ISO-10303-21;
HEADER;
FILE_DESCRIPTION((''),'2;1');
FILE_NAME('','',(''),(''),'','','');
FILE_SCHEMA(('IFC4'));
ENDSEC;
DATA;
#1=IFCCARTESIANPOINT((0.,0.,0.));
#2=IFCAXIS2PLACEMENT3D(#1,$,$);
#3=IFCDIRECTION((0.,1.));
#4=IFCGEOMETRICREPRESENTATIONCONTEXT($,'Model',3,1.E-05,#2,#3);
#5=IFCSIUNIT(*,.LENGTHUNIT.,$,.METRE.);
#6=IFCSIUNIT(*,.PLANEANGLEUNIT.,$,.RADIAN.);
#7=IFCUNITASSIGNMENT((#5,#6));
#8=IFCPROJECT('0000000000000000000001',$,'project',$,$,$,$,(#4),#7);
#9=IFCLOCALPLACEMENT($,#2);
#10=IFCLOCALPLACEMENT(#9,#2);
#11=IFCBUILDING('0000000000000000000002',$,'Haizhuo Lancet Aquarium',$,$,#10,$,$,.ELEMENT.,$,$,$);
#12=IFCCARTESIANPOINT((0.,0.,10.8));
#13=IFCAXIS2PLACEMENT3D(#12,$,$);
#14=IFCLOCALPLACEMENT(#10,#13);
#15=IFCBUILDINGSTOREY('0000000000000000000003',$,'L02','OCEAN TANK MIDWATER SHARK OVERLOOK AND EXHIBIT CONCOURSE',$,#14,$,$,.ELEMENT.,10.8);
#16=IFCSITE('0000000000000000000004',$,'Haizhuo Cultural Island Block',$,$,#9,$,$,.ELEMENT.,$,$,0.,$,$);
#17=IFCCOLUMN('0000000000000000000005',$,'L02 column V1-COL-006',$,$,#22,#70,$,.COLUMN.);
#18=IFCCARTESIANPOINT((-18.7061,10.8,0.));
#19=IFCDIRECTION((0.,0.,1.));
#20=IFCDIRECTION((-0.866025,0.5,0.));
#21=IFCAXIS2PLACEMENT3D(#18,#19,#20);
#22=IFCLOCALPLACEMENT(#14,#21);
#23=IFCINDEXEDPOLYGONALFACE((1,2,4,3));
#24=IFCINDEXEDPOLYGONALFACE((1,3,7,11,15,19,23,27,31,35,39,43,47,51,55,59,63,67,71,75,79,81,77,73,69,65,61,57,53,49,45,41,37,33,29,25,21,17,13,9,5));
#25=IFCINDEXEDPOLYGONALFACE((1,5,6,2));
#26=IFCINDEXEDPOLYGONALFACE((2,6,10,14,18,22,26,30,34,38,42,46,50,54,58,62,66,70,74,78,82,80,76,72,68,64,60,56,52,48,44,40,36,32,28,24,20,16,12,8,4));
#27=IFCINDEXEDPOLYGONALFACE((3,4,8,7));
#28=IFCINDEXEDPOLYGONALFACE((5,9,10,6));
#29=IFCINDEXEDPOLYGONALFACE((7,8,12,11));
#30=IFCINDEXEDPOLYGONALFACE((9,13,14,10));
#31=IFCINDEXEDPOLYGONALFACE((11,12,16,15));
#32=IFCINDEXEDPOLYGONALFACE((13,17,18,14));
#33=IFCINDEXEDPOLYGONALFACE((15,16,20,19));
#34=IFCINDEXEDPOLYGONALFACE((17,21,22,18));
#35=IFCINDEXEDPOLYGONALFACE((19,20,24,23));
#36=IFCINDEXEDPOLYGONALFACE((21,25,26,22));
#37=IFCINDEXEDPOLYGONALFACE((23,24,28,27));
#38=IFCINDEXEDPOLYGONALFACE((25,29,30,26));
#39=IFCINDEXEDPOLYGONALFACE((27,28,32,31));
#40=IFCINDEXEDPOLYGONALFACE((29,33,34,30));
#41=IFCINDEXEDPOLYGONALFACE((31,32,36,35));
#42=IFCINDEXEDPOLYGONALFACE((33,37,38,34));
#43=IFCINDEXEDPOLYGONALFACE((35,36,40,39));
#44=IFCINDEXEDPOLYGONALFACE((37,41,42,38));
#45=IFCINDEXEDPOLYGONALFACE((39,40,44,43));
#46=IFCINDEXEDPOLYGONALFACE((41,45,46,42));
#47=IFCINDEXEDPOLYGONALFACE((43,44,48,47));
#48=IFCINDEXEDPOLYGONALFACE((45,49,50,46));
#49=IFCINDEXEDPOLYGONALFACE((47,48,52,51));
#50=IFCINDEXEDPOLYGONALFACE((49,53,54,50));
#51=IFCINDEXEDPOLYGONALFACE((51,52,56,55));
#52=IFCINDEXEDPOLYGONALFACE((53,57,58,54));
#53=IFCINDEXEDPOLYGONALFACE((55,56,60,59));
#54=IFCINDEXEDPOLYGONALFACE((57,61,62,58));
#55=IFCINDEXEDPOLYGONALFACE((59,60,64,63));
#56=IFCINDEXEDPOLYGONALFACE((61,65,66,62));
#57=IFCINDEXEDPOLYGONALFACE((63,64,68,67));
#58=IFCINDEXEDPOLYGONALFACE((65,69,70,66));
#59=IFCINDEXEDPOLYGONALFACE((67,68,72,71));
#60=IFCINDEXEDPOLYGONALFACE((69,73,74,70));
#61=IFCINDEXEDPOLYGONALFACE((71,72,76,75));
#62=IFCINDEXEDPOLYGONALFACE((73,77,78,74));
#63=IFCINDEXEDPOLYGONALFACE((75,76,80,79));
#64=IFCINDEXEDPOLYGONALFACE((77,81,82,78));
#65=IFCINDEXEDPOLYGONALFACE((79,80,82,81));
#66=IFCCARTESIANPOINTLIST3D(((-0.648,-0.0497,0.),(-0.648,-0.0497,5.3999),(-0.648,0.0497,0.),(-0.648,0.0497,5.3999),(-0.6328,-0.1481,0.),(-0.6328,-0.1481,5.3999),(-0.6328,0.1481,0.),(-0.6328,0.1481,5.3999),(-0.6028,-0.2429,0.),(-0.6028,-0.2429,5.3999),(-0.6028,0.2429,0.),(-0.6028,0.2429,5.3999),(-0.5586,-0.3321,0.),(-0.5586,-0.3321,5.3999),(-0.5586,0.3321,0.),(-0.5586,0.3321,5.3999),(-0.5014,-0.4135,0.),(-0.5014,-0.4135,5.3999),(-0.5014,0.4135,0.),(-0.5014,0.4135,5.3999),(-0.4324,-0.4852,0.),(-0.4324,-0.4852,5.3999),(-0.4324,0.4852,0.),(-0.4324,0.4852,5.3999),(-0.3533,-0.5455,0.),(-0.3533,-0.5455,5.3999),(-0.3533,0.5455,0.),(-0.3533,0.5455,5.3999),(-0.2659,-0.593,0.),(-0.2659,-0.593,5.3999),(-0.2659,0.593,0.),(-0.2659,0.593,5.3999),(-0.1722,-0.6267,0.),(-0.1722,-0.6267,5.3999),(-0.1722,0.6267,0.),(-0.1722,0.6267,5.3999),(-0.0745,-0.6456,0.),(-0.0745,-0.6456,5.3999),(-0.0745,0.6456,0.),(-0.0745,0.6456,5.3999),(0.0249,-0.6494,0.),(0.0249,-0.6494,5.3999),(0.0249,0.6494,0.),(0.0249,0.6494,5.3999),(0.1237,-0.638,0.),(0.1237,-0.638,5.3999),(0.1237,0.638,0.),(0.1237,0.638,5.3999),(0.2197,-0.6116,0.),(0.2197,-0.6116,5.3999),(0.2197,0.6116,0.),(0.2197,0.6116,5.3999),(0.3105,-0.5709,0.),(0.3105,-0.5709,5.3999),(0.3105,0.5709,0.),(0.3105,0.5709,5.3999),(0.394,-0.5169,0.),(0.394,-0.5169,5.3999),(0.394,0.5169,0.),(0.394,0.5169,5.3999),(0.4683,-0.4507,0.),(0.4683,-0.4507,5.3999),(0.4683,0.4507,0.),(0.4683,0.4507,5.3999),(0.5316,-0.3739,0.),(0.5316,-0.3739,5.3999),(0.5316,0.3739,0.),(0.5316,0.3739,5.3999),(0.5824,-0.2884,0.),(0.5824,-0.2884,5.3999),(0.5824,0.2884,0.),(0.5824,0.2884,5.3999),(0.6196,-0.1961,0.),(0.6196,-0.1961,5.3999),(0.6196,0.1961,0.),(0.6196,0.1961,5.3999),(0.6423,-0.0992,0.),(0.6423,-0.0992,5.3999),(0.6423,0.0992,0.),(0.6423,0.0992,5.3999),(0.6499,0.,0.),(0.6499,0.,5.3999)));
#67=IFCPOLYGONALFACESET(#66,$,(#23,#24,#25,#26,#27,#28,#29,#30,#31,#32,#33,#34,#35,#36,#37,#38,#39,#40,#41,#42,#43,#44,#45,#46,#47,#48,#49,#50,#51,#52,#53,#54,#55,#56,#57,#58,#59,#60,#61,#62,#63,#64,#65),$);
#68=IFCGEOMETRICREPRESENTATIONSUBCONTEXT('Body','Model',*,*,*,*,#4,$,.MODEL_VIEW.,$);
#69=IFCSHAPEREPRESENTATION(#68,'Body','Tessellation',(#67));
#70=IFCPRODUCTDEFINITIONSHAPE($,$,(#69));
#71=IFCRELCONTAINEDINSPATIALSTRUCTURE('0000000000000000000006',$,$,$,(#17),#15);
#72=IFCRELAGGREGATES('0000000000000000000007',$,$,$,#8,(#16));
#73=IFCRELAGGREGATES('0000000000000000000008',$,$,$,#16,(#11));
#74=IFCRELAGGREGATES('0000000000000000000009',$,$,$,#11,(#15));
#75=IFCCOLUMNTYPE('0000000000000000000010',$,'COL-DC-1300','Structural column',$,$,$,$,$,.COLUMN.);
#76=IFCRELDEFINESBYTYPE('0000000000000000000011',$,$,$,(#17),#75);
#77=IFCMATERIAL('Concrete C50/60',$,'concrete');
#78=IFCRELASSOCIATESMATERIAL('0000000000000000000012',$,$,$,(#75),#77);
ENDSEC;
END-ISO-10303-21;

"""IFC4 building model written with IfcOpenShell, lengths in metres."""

from ifc_helpers import new_model, si_unit, direction, frame, origin, origin_2d, place, context, subcontext, project, spatial, circle, extrude, material, material_profile, profile_set, type_object, element, save


model = new_model("IFC4")

# Units and contexts
model_context = context("Model", 3, precision=1e-05, world=origin(), true_north=direction((0.0, 1.0)))
body_context = subcontext(model_context, "Body", "Model", "MODEL_VIEW")
ifc_project = project(units=[si_unit("LENGTHUNIT", "METRE"), si_unit("PLANEANGLEUNIT", "RADIAN")], contexts=[model_context])

# Site, building, storey
site_placement = place(None, origin())
site = spatial("IfcSite", under=ifc_project, at=site_placement, Name="Haizhuo Cultural Island Block", CompositionType="ELEMENT", RefElevation=0.0)
building_placement = place(site_placement, origin())
building = spatial("IfcBuilding", under=site, at=building_placement, Name="Haizhuo Lancet Aquarium", CompositionType="ELEMENT")
storey_placement = place(building_placement, frame((0.0, 0.0, 10.8)))
storey = spatial("IfcBuildingStorey", under=building, at=storey_placement, Name="L02", Description="OCEAN TANK MIDWATER SHARK OVERLOOK AND EXHIBIT CONCOURSE", CompositionType="ELEMENT", Elevation=10.8)

# Column
ifc_material_1 = material(Name="Concrete C50/60", Category="concrete")
ifc_material_profile_1 = material_profile(ifc_material_1, circle(Radius=0.6499, at=origin_2d()), Name="RC-DC 1300")
ifc_profile_set_1 = profile_set([ifc_material_profile_1], Name="Concrete C50/60")
column_type_1 = type_object("IfcColumnType", Name="COL-DC-1300", Description="Structural column", PredefinedType="COLUMN", material=ifc_profile_set_1)
for number, where, z_axis, x_axis, name in (
    (1, (-18.7061, 10.8, 0.0), (0.0, 0.0, 1.0), (-0.866025, 0.5, 0.0), "L02 column V1-COL-006"),
):
    element("IfcColumn", number, at=place(storey_placement, frame(where, z_axis=z_axis, x_axis=x_axis)), inside=storey, type_object=column_type_1, Name=name, PredefinedType="COLUMN", context=body_context, shape_type="SweptSolid", body=[
        extrude(circle(Radius=0.6499, at=origin_2d()), origin(), (0.0, 0.0, 1.0), 5.3999),
    ])

save(model, "model.ifc")
